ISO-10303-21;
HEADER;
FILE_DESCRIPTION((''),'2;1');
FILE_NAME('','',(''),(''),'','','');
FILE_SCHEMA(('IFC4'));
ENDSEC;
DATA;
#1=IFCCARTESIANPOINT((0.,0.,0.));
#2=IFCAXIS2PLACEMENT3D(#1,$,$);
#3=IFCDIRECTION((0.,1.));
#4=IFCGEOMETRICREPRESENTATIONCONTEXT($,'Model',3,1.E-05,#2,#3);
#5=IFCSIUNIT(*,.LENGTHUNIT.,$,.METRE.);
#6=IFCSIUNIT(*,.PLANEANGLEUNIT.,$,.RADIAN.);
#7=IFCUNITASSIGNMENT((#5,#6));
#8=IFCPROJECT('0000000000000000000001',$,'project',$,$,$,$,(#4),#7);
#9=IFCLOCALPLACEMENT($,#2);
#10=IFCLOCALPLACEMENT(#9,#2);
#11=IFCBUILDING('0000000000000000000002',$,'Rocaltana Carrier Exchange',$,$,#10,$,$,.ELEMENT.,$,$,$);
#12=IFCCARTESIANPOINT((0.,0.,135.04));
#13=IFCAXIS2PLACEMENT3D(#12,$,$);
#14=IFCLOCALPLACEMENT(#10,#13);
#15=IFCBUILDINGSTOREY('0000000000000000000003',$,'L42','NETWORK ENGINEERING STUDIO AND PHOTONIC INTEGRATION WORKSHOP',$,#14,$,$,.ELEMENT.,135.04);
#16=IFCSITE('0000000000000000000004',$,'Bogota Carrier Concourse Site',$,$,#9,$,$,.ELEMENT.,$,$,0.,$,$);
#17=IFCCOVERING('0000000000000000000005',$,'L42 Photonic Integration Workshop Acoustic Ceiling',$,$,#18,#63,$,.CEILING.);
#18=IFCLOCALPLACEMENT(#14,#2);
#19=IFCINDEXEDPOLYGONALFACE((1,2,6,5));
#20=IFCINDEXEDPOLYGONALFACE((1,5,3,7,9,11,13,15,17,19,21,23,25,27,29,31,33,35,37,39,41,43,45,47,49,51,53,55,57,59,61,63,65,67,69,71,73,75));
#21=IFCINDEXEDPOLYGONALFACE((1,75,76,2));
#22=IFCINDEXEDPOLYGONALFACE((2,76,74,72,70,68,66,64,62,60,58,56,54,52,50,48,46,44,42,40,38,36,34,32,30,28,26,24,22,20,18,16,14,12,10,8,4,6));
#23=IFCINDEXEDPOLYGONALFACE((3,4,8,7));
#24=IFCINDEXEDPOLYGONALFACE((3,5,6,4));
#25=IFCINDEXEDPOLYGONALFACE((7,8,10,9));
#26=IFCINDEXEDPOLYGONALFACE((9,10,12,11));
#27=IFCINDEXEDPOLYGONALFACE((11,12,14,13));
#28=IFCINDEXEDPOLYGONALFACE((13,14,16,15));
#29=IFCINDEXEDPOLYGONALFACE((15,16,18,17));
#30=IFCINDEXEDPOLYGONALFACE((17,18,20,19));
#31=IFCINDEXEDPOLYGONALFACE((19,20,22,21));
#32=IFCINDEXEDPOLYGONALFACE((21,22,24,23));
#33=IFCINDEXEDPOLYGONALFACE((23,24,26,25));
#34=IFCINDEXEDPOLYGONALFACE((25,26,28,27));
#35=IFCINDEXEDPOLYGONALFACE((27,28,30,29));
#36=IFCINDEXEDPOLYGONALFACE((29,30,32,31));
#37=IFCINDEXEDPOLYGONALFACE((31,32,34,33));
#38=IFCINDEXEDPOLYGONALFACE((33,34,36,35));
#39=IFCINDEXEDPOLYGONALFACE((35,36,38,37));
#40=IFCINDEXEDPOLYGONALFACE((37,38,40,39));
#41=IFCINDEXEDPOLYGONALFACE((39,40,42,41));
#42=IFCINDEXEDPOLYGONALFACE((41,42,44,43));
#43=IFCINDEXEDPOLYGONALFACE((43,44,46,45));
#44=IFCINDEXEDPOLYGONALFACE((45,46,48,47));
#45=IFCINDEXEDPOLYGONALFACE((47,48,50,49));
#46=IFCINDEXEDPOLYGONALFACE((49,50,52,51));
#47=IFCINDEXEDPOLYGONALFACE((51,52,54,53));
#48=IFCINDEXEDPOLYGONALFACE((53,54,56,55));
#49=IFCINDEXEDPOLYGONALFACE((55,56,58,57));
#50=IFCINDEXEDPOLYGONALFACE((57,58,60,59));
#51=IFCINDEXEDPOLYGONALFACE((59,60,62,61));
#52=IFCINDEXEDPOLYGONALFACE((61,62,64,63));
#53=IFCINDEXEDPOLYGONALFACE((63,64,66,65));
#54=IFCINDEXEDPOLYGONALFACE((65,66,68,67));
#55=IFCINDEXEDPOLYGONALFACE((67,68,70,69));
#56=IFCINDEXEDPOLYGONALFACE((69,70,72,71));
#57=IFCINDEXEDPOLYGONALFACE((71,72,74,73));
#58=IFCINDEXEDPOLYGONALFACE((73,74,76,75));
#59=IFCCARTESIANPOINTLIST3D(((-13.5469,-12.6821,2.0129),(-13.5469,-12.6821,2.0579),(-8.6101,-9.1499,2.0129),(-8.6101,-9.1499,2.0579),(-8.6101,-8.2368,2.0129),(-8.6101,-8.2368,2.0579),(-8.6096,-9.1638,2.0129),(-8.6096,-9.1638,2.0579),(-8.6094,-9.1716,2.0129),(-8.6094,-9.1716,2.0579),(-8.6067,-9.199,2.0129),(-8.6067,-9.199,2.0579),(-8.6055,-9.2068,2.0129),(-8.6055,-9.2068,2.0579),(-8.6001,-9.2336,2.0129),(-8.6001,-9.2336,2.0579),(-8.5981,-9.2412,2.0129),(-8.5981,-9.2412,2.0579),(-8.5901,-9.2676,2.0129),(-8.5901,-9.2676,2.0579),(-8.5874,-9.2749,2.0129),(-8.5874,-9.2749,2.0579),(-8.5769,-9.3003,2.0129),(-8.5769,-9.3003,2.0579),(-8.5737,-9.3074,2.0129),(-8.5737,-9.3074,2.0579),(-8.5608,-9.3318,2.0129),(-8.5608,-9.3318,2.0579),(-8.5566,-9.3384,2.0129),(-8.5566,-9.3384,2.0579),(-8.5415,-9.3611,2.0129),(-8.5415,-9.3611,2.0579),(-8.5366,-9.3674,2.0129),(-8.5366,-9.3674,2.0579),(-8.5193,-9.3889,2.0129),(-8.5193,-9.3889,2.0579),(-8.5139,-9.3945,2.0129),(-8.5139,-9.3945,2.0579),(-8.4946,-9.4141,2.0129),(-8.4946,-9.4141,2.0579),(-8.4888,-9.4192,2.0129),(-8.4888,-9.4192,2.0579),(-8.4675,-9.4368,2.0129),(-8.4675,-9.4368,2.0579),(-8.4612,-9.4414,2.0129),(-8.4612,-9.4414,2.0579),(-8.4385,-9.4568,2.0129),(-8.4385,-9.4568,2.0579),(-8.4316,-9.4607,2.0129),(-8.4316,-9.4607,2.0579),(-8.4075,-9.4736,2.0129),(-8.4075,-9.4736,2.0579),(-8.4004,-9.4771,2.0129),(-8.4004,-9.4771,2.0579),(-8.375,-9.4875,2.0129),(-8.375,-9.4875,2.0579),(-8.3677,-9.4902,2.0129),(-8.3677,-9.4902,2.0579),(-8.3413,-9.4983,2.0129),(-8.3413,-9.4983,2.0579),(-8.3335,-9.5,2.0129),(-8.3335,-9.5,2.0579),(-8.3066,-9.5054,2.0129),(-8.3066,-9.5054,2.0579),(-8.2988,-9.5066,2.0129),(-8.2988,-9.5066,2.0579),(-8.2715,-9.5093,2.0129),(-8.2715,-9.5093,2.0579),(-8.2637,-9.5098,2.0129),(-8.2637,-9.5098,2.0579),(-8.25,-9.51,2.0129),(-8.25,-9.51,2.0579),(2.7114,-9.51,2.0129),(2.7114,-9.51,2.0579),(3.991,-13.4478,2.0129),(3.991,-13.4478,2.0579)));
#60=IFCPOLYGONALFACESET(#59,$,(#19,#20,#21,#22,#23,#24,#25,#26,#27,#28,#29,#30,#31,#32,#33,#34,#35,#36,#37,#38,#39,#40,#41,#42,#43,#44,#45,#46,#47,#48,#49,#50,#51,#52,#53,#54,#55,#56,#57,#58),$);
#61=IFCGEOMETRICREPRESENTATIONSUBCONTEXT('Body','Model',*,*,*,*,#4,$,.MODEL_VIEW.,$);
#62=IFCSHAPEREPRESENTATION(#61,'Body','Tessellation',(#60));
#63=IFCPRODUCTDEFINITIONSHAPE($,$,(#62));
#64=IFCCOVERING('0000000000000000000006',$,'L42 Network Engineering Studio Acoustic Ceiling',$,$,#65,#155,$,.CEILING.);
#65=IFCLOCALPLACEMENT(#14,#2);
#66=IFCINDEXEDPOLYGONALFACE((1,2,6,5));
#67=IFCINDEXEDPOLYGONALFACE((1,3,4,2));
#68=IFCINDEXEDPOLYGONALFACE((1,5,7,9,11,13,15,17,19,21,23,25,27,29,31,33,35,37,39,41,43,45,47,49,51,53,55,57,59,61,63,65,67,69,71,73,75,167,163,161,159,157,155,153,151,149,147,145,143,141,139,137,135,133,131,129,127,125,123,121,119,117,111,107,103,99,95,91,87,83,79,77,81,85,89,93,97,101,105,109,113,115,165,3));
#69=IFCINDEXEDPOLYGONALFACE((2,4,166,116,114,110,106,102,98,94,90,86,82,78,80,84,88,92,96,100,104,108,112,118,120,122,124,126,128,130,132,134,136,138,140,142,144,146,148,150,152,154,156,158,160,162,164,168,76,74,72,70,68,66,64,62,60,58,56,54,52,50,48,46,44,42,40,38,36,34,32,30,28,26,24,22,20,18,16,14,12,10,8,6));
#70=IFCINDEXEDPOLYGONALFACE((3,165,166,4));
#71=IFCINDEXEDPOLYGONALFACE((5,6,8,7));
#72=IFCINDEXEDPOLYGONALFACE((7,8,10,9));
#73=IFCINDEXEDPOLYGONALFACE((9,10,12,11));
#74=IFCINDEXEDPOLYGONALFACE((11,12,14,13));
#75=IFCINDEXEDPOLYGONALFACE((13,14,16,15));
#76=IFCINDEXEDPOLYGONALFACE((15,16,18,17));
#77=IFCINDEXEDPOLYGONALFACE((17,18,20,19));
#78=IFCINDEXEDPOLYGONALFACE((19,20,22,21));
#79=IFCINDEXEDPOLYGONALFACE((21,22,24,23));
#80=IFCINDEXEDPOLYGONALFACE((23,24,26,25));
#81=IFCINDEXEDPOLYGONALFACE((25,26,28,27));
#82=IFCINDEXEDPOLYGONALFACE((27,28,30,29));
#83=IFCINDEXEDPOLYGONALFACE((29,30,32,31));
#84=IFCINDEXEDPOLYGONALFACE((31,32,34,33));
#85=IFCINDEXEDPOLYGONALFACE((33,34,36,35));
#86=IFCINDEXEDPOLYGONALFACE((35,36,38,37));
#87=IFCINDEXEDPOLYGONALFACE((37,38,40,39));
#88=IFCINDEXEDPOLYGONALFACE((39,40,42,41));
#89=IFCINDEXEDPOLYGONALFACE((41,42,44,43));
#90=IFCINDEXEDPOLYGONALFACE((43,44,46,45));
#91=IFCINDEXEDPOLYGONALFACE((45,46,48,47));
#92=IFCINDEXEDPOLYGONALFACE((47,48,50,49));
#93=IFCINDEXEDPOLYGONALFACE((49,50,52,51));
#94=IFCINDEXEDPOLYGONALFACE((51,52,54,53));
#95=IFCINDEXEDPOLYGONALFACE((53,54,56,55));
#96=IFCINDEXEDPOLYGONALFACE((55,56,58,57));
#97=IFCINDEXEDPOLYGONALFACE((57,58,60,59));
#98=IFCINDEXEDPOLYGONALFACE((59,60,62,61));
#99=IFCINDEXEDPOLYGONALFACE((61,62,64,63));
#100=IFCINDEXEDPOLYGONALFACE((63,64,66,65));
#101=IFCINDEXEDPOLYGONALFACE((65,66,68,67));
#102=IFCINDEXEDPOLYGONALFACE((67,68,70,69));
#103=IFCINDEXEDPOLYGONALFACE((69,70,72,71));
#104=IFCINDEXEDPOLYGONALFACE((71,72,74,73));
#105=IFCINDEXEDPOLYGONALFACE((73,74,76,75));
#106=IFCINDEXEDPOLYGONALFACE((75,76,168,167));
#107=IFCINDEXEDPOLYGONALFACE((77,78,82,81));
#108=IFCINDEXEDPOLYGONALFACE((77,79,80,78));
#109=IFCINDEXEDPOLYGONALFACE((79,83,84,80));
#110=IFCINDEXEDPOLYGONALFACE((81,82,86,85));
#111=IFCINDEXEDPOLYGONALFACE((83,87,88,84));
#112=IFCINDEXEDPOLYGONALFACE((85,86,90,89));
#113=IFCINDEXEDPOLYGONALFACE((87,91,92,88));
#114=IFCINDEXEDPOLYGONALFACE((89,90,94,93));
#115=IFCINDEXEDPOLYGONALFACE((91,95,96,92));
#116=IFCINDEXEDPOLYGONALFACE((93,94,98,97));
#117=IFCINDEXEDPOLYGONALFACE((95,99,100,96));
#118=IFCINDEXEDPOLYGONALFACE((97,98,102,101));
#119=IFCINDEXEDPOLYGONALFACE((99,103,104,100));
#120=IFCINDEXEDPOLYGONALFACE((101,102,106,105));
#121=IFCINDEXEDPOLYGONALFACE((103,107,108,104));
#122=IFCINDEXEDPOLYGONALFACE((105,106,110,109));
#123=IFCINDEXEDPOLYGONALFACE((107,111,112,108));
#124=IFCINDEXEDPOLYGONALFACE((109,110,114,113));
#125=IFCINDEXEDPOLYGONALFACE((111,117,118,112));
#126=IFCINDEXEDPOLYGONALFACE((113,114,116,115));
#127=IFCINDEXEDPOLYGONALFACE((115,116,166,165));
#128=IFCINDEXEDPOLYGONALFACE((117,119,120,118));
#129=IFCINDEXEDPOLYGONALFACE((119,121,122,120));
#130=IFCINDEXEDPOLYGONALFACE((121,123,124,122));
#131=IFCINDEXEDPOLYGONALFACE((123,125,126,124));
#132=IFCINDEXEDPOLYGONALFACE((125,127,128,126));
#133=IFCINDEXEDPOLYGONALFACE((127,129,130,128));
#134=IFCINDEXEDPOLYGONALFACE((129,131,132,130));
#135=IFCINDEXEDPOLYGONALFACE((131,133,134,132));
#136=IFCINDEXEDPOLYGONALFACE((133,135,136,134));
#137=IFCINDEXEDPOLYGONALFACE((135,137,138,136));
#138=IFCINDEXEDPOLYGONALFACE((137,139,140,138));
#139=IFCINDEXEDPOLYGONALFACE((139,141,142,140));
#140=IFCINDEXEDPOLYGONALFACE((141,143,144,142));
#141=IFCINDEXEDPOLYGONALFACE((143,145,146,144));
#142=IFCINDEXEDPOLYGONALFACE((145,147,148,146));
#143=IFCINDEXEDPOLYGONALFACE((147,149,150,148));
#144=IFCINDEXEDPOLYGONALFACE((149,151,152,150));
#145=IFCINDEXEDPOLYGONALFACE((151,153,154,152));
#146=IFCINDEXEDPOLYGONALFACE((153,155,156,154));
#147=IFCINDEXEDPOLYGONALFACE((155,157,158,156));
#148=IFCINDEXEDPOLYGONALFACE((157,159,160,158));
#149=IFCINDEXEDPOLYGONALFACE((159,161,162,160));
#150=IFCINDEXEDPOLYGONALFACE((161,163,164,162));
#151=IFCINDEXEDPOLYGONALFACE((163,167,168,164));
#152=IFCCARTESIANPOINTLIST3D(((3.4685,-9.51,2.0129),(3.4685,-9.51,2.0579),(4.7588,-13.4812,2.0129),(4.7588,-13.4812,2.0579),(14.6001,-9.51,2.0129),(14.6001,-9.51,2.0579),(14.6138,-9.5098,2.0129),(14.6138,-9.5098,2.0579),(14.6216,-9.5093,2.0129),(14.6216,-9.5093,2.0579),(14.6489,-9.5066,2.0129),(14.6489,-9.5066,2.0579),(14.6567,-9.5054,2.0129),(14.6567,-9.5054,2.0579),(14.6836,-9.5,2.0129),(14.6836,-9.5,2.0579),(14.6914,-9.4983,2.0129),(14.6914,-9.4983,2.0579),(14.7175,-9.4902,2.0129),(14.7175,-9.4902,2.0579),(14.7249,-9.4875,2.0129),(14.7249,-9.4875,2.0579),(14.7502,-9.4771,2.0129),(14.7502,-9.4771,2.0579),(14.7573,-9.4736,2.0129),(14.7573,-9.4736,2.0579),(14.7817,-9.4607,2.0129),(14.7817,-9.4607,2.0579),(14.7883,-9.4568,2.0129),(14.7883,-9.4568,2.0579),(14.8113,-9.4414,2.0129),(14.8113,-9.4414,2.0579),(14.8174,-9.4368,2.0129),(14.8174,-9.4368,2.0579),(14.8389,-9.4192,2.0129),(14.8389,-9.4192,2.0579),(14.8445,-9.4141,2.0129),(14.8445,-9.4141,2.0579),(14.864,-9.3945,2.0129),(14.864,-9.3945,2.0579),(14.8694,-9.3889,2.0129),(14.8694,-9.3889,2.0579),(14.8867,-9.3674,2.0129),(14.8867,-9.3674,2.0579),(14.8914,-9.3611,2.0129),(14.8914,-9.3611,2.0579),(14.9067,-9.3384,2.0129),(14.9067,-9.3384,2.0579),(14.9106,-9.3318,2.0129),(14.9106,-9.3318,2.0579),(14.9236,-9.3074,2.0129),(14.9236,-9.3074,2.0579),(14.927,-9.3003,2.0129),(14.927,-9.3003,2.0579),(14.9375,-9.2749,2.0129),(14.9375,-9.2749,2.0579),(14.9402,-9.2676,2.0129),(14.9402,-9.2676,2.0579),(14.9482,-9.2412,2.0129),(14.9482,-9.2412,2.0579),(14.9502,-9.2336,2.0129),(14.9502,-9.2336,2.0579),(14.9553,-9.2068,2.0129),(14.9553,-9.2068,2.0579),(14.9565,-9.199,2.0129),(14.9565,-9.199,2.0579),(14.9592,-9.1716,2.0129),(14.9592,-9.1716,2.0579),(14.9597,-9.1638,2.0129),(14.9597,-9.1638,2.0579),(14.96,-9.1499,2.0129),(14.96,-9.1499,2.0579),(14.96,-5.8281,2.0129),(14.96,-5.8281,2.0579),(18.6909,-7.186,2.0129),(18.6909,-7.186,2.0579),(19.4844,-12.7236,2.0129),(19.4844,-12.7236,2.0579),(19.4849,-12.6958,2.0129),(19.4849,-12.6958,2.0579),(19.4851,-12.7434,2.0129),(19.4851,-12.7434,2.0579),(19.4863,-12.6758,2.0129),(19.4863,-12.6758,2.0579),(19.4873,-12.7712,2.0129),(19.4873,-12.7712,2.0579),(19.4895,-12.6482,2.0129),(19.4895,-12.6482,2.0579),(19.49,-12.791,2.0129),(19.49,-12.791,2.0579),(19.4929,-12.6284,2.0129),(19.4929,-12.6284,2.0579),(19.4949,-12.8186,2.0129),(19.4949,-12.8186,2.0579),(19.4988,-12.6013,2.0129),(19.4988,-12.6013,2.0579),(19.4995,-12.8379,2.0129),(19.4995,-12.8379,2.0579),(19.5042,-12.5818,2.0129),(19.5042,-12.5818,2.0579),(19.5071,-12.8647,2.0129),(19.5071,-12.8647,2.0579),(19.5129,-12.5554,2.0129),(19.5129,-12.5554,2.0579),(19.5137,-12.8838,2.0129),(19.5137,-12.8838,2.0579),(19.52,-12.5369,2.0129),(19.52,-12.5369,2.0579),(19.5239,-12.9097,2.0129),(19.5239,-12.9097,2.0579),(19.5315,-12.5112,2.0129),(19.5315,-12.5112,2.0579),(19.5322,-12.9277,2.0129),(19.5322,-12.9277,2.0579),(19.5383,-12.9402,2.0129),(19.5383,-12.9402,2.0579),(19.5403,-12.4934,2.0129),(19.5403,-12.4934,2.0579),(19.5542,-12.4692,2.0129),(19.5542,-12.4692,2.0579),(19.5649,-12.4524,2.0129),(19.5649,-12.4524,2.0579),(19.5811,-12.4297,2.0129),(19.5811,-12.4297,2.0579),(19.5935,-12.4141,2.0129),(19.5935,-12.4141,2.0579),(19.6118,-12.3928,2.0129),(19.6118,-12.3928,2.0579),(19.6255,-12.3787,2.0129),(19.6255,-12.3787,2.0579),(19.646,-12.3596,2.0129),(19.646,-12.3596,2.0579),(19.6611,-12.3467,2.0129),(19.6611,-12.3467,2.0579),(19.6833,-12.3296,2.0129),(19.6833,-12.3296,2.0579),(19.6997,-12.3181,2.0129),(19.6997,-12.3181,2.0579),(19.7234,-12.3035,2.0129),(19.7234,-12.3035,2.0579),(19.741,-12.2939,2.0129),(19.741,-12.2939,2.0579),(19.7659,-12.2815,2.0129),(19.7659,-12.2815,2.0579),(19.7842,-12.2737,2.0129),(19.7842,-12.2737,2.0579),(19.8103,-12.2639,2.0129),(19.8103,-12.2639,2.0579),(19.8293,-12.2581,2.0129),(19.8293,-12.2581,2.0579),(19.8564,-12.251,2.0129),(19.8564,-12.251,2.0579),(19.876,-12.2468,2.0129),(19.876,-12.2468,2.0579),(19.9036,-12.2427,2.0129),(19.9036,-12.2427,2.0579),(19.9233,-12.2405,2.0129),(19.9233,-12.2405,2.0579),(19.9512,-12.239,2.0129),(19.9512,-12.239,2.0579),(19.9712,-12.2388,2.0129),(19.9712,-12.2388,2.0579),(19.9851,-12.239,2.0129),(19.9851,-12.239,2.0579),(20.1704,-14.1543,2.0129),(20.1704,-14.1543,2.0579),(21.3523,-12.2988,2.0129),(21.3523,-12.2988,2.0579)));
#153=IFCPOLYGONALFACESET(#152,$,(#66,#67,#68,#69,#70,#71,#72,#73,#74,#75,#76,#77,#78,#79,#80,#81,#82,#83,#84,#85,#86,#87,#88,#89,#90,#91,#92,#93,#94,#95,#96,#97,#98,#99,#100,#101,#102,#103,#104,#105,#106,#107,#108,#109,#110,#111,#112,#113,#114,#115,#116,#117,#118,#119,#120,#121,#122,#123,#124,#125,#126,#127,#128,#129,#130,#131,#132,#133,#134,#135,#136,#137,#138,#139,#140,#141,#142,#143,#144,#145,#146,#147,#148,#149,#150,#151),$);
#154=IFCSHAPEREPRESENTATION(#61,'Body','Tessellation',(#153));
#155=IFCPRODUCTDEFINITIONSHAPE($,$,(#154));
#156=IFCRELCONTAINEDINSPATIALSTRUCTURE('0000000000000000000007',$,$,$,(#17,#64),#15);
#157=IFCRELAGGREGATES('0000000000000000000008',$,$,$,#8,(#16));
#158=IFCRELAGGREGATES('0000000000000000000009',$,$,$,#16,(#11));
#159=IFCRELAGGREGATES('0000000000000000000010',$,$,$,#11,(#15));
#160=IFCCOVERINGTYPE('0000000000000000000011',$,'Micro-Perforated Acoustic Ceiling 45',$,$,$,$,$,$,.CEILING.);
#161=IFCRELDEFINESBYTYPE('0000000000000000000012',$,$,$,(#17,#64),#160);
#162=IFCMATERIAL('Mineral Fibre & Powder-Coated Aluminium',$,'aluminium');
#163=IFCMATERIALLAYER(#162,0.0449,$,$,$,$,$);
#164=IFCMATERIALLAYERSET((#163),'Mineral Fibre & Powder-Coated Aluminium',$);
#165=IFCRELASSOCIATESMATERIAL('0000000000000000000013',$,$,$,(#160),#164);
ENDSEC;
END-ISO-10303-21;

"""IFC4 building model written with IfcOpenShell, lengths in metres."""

from ifc_helpers import new_model, si_unit, direction, frame, origin, place, context, subcontext, project, spatial, polyline, outline, extrude, material, layer, layer_set, type_object, element, save


model = new_model("IFC4")

# Units and contexts
model_context = context("Model", 3, precision=1e-05, world=origin(), true_north=direction((0.0, 1.0)))
body_context = subcontext(model_context, "Body", "Model", "MODEL_VIEW")
ifc_project = project(units=[si_unit("LENGTHUNIT", "METRE"), si_unit("PLANEANGLEUNIT", "RADIAN")], contexts=[model_context])

# Site, building, storey
site_placement = place(None, origin())
site = spatial("IfcSite", under=ifc_project, at=site_placement, Name="Bogota Carrier Concourse Site", CompositionType="ELEMENT", RefElevation=0.0)
building_placement = place(site_placement, origin())
building = spatial("IfcBuilding", under=site, at=building_placement, Name="Rocaltana Carrier Exchange", CompositionType="ELEMENT")
storey_placement = place(building_placement, frame((0.0, 0.0, 135.04)))
storey = spatial("IfcBuildingStorey", under=building, at=storey_placement, Name="L42", Description="NETWORK ENGINEERING STUDIO AND PHOTONIC INTEGRATION WORKSHOP", CompositionType="ELEMENT", Elevation=135.04)

# Coverings
ifc_material_1 = material(Name="Mineral Fibre & Powder-Coated Aluminium", Category="aluminium")
ifc_layer_1 = layer(ifc_material_1, 0.0449)
ifc_layer_set_1 = layer_set([ifc_layer_1], Name="Mineral Fibre & Powder-Coated Aluminium")
covering_type_1 = type_object("IfcCoveringType", Name="Micro-Perforated Acoustic Ceiling 45", PredefinedType="CEILING", material=ifc_layer_set_1)
covering_1_placement = place(storey_placement, frame((0.0, 0.0, 2.0129)))
element("IfcCovering", 1, at=covering_1_placement, inside=storey, type_object=covering_type_1, Name="L42 Photonic Integration Workshop Acoustic Ceiling", PredefinedType="CEILING", context=body_context, shape_type="SweptSolid", body=[
    extrude(outline(polyline([(-13.5469, -12.6821), (-8.6101, -8.2368), (-8.6101, -9.1499), (-8.6096, -9.1638), (-8.6094, -9.1716), (-8.6067, -9.199), (-8.6055, -9.2068), (-8.6001, -9.2336), (-8.5981, -9.2412), (-8.5901, -9.2676), (-8.5874, -9.2749), (-8.5769, -9.3003), (-8.5737, -9.3074), (-8.5608, -9.3318), (-8.5566, -9.3384), (-8.5415, -9.3611), (-8.5366, -9.3674), (-8.5193, -9.3889), (-8.5139, -9.3945), (-8.4946, -9.4141), (-8.4888, -9.4192), (-8.4675, -9.4368), (-8.4612, -9.4414), (-8.4385, -9.4568), (-8.4316, -9.4607), (-8.4075, -9.4736), (-8.4004, -9.4771), (-8.375, -9.4875), (-8.3677, -9.4902), (-8.3413, -9.4983), (-8.3335, -9.5), (-8.3066, -9.5054), (-8.2988, -9.5066), (-8.2715, -9.5093), (-8.2637, -9.5098), (-8.25, -9.51), (2.7114, -9.51), (3.991, -13.4478), (-13.5469, -12.6821)])), origin(), (0.0, 0.0, 1.0), 0.0449),
])
covering_2_placement = place(storey_placement, frame((0.0, 0.0, 2.0129)))
element("IfcCovering", 2, at=covering_2_placement, inside=storey, type_object=covering_type_1, Name="L42 Network Engineering Studio Acoustic Ceiling", PredefinedType="CEILING", context=body_context, shape_type="SweptSolid", body=[
    extrude(outline(polyline([(21.3523, -12.2988), (19.9851, -12.239), (19.9712, -12.2388), (19.9512, -12.239), (19.9233, -12.2405), (19.9036, -12.2427), (19.876, -12.2468), (19.8564, -12.251), (19.8293, -12.2581), (19.8103, -12.2639), (19.7842, -12.2737), (19.7659, -12.2815), (19.741, -12.2939), (19.7234, -12.3035), (19.6997, -12.3181), (19.6833, -12.3296), (19.6611, -12.3467), (19.646, -12.3596), (19.6255, -12.3787), (19.6118, -12.3928), (19.5935, -12.4141), (19.5811, -12.4297), (19.5649, -12.4524), (19.5542, -12.4692), (19.5403, -12.4934), (19.5315, -12.5112), (19.52, -12.5369), (19.5129, -12.5554), (19.5042, -12.5818), (19.4988, -12.6013), (19.4929, -12.6284), (19.4895, -12.6482), (19.4863, -12.6758), (19.4849, -12.6958), (19.4844, -12.7236), (19.4851, -12.7434), (19.4873, -12.7712), (19.49, -12.791), (19.4949, -12.8186), (19.4995, -12.8379), (19.5071, -12.8647), (19.5137, -12.8838), (19.5239, -12.9097), (19.5322, -12.9277), (19.5383, -12.9402), (20.1704, -14.1543), (4.7588, -13.4812), (3.4685, -9.51), (14.6001, -9.51), (14.6138, -9.5098), (14.6216, -9.5093), (14.6489, -9.5066), (14.6567, -9.5054), (14.6836, -9.5), (14.6914, -9.4983), (14.7175, -9.4902), (14.7249, -9.4875), (14.7502, -9.4771), (14.7573, -9.4736), (14.7817, -9.4607), (14.7883, -9.4568), (14.8113, -9.4414), (14.8174, -9.4368), (14.8389, -9.4192), (14.8445, -9.4141), (14.864, -9.3945), (14.8694, -9.3889), (14.8867, -9.3674), (14.8914, -9.3611), (14.9067, -9.3384), (14.9106, -9.3318), (14.9236, -9.3074), (14.927, -9.3003), (14.9375, -9.2749), (14.9402, -9.2676), (14.9482, -9.2412), (14.9502, -9.2336), (14.9553, -9.2068), (14.9565, -9.199), (14.9592, -9.1716), (14.9597, -9.1638), (14.96, -9.1499), (14.96, -5.8281), (18.6909, -7.186), (21.3523, -12.2988)])), origin(), (0.0, 0.0, 1.0), 0.0449),
])

save(model, "model.ifc")
